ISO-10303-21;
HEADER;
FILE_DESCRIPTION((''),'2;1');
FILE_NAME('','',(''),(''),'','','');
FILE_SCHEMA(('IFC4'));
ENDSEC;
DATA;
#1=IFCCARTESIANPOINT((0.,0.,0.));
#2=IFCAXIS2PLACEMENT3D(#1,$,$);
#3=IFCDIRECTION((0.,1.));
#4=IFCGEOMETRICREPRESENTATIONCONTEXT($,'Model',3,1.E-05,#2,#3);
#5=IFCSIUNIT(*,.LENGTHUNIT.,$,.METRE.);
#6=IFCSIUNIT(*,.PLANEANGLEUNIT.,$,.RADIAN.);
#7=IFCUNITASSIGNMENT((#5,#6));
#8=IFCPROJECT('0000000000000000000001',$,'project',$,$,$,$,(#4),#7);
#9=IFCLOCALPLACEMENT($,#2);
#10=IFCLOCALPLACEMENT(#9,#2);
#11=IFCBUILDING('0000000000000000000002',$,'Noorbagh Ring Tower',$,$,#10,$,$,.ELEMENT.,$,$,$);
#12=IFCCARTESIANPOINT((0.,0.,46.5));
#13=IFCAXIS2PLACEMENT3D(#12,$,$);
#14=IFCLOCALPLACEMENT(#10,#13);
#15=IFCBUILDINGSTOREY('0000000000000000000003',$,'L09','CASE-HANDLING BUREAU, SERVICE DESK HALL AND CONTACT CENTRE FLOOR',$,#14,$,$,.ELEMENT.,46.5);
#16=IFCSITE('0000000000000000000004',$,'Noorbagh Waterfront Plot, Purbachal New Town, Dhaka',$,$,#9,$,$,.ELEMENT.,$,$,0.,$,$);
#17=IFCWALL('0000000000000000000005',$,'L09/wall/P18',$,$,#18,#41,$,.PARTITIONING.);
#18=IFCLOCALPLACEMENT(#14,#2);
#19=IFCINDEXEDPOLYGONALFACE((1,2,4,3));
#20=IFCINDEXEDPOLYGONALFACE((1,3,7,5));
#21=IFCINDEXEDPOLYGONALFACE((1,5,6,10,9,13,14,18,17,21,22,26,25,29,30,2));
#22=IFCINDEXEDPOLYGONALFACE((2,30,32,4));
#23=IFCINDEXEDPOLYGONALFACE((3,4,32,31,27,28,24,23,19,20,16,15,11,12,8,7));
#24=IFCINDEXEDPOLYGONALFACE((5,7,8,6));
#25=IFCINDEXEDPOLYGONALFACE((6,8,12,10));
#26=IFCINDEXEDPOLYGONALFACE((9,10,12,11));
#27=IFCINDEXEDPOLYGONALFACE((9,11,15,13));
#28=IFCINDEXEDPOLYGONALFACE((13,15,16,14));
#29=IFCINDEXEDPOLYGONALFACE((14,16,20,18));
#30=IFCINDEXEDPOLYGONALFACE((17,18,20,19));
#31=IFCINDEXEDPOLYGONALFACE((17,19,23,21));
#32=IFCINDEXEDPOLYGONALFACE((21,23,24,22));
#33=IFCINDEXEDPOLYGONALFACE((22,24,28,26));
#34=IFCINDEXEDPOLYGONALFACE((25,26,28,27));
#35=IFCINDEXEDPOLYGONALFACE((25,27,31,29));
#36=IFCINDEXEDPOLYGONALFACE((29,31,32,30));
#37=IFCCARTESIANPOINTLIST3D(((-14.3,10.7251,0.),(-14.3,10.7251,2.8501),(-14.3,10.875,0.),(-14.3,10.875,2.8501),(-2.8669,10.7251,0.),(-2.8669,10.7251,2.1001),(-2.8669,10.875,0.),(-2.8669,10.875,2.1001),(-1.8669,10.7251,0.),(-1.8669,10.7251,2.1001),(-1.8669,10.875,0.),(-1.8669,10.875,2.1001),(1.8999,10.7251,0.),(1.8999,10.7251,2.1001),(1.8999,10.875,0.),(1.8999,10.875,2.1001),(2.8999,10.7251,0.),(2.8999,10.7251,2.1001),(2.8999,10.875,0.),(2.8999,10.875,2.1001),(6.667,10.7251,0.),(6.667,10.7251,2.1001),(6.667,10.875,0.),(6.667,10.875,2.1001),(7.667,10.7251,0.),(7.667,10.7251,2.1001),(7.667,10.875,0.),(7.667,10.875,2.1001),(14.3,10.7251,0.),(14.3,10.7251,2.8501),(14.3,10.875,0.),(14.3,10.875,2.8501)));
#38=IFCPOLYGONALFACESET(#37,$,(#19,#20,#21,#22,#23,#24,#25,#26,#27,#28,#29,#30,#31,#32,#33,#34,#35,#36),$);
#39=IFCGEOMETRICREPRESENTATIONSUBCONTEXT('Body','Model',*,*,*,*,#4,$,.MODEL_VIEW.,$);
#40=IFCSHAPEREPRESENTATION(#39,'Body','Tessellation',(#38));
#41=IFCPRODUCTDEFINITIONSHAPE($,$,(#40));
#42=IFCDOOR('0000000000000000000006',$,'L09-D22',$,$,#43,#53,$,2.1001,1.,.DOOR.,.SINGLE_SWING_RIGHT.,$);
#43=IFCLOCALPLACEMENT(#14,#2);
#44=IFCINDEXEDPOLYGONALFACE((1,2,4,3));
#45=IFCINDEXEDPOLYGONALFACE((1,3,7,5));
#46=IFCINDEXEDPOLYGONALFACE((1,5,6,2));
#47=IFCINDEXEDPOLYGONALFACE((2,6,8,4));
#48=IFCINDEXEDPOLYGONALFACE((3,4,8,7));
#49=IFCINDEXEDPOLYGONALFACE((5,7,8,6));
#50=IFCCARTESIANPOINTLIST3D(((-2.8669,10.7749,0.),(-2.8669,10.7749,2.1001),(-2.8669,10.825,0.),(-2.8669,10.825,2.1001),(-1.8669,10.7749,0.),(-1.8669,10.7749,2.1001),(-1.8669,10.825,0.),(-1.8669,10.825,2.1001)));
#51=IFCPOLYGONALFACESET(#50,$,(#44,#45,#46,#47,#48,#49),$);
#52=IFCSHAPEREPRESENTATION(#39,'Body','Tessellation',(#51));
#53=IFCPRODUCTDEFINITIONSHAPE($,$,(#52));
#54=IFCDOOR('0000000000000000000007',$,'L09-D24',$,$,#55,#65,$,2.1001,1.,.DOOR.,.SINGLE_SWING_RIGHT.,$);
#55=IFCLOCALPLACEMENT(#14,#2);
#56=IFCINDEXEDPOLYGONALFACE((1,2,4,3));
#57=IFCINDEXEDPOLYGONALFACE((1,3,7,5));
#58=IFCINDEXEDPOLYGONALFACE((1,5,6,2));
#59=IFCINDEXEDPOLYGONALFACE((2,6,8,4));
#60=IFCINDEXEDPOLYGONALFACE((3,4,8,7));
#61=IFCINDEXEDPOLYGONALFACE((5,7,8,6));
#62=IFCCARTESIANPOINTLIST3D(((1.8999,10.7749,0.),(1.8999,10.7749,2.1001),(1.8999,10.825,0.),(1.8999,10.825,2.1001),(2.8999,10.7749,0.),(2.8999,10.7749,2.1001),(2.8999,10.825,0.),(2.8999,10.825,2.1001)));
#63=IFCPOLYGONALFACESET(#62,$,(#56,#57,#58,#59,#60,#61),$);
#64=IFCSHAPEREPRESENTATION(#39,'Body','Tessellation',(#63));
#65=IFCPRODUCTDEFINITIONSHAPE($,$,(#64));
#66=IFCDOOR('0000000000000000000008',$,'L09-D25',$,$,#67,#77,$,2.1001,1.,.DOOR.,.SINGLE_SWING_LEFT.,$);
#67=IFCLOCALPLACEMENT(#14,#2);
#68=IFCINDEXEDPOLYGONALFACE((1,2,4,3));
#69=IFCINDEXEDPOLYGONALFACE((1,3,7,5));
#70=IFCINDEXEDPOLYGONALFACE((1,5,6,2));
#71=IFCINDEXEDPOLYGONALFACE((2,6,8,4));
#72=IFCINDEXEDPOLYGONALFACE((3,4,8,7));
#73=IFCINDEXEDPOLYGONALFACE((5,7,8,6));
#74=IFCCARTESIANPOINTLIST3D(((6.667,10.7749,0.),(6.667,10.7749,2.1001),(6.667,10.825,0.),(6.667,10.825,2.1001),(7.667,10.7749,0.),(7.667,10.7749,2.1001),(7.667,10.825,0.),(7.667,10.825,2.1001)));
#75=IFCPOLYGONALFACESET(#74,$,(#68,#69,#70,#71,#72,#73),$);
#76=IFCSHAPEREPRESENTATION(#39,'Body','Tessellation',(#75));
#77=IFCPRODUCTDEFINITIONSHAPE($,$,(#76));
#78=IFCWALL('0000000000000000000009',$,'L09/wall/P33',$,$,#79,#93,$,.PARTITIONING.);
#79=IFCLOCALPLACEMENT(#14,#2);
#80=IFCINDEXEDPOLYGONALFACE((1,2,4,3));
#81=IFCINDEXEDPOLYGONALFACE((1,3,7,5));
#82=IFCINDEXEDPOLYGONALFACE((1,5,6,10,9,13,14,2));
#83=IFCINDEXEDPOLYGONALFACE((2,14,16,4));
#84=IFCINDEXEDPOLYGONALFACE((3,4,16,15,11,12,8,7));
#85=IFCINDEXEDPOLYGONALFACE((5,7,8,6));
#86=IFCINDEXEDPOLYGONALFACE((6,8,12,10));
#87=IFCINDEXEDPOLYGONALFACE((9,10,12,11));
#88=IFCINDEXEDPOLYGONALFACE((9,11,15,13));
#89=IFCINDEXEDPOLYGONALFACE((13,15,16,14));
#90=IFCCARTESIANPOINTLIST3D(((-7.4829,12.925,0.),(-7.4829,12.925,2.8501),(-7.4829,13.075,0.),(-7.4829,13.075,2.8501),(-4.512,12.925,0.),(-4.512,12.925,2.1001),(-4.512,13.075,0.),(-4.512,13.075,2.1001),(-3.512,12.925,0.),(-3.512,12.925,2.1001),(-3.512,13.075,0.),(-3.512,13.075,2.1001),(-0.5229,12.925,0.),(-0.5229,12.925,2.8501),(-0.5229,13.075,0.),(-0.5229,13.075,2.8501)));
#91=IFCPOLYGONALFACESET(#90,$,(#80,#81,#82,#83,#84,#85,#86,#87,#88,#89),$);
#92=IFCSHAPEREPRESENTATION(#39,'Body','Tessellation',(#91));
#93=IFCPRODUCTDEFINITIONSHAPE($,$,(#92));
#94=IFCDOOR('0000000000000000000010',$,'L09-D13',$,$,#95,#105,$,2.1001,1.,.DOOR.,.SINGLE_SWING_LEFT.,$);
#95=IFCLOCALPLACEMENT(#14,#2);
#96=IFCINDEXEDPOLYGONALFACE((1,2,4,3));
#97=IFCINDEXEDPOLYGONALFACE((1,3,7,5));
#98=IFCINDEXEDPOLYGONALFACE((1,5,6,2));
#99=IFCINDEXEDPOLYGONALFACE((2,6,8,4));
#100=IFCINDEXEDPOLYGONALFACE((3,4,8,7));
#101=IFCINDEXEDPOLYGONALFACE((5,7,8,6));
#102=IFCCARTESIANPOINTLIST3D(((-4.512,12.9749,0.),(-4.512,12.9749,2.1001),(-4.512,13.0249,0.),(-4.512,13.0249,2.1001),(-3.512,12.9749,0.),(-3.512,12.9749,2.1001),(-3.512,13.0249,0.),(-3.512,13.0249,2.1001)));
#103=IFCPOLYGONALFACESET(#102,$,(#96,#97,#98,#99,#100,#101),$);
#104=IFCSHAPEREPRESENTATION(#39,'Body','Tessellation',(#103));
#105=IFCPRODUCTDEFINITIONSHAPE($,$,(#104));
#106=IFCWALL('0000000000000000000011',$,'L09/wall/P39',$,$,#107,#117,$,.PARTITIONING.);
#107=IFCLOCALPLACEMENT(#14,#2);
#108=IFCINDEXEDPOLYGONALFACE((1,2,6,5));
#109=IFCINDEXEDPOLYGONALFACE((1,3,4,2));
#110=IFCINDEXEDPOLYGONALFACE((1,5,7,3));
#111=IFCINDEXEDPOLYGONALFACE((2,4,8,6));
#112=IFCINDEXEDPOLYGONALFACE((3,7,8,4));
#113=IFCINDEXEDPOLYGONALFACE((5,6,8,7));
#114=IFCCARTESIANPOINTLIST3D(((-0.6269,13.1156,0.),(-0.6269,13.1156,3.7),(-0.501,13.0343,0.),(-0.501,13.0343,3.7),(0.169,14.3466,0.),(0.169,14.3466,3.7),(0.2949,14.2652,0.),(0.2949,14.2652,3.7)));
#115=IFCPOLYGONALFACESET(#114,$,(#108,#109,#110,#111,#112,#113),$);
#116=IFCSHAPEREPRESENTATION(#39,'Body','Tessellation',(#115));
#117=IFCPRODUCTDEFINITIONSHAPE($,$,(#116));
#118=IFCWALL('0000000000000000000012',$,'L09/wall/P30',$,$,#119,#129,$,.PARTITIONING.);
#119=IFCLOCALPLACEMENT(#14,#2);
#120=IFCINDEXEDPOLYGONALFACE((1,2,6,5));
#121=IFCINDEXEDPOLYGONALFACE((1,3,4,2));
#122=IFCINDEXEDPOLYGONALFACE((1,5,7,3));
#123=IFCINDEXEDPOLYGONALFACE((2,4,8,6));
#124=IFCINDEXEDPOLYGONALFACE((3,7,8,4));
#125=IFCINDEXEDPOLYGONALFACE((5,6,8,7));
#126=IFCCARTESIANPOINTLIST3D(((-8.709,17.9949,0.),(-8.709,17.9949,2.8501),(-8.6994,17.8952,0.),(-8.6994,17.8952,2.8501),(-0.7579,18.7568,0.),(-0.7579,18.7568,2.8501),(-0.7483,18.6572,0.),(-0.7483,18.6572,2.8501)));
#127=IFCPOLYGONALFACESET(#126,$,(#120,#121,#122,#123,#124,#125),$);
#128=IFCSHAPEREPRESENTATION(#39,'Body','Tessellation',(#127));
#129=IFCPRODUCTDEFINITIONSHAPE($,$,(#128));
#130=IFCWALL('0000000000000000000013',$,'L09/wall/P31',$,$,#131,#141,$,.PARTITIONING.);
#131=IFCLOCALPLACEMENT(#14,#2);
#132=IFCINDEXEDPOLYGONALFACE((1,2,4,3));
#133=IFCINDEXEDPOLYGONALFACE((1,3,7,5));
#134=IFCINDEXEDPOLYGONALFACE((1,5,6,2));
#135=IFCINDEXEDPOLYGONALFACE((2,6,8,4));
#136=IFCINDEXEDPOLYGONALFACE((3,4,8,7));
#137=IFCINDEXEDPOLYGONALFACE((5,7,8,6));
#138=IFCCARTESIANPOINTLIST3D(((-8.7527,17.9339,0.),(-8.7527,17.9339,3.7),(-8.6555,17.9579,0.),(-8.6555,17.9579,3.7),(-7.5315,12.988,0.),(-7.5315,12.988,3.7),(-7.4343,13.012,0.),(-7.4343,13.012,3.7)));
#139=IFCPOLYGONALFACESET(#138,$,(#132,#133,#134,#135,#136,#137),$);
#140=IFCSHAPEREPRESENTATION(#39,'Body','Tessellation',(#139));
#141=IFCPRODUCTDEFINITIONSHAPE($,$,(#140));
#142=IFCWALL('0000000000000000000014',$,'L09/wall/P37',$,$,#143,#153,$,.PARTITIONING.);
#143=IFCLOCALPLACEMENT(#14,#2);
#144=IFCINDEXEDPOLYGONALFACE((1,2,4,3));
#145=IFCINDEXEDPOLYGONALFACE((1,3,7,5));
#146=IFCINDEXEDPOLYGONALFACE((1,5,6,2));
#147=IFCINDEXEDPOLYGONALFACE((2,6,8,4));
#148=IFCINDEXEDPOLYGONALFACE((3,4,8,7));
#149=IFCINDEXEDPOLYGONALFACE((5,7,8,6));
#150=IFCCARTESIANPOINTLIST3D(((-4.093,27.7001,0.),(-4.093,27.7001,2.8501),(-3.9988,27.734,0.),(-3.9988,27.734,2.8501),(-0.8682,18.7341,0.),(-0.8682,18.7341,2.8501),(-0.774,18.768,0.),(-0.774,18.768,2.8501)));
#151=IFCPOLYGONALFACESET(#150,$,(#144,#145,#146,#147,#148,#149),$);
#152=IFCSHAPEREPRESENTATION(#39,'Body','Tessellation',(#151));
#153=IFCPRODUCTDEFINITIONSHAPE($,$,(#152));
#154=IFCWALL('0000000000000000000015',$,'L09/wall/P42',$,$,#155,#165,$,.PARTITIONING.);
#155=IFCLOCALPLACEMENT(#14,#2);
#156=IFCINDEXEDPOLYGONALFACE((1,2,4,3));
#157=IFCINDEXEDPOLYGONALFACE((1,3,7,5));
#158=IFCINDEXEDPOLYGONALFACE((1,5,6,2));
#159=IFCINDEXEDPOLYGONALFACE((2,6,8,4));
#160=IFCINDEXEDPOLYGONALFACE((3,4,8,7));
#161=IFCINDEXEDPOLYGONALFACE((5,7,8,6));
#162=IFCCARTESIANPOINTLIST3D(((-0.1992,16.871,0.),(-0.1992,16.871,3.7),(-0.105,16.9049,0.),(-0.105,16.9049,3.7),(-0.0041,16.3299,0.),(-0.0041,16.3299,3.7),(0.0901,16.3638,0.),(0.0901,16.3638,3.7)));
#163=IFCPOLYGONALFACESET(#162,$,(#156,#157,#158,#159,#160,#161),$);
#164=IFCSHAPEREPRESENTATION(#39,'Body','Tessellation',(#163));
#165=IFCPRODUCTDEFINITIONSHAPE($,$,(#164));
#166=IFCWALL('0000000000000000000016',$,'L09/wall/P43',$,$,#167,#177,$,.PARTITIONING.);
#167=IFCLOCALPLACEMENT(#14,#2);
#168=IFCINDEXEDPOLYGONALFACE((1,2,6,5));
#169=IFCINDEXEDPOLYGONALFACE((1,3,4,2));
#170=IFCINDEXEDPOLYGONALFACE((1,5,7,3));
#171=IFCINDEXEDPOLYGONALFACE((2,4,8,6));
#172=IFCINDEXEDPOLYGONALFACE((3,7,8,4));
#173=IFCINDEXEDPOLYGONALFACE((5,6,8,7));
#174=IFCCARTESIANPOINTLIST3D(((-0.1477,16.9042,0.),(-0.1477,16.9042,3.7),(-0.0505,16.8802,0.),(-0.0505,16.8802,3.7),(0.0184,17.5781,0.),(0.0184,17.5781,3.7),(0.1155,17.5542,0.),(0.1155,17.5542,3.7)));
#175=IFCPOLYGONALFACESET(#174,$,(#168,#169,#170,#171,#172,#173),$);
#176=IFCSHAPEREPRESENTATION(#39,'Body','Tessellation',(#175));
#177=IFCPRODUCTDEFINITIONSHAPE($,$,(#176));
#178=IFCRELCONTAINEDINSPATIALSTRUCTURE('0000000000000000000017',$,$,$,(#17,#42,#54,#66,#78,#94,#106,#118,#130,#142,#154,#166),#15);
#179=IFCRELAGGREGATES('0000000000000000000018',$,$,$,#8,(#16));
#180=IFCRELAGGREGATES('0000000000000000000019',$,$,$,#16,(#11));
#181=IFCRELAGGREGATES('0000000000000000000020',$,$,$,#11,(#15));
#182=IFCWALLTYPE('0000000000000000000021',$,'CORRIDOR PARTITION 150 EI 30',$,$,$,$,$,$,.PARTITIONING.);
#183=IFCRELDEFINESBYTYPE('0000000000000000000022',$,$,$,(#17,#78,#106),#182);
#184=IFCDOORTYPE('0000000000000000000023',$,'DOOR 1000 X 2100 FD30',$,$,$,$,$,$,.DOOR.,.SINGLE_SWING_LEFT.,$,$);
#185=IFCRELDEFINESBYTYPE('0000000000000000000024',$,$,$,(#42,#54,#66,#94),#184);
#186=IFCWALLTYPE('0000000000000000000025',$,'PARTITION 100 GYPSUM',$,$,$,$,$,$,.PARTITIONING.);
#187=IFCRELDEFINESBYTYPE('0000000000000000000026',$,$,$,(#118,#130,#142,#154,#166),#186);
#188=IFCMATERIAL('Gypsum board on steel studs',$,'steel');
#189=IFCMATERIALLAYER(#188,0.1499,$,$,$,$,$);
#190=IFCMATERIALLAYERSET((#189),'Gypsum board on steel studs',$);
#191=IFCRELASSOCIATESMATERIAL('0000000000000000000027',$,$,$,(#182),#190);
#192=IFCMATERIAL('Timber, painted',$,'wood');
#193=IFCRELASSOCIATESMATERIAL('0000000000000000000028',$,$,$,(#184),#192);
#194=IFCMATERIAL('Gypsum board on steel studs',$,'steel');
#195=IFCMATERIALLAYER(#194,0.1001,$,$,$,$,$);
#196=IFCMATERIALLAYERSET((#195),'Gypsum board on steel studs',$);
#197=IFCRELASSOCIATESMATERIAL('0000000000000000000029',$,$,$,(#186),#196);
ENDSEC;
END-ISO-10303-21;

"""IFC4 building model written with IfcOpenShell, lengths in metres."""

from ifc_helpers import new_model, si_unit, direction, frame, frame_2d, origin, place, context, subcontext, project, spatial, rectangle, extrude, material, layer, layer_set, type_object, element, fill, save


model = new_model("IFC4")

# Units and contexts
model_context = context("Model", 3, precision=1e-05, world=origin(), true_north=direction((0.0, 1.0)))
body_context = subcontext(model_context, "Body", "Model", "MODEL_VIEW")
ifc_project = project(units=[si_unit("LENGTHUNIT", "METRE"), si_unit("PLANEANGLEUNIT", "RADIAN")], contexts=[model_context])

# Site, building, storey
site_placement = place(None, origin())
site = spatial("IfcSite", under=ifc_project, at=site_placement, Name="Noorbagh Waterfront Plot, Purbachal New Town, Dhaka", CompositionType="ELEMENT", RefElevation=0.0)
building_placement = place(site_placement, origin())
building = spatial("IfcBuilding", under=site, at=building_placement, Name="Noorbagh Ring Tower", CompositionType="ELEMENT")
storey_placement = place(building_placement, frame((0.0, 0.0, 46.5)))
storey = spatial("IfcBuildingStorey", under=building, at=storey_placement, Name="L09", Description="CASE-HANDLING BUREAU, SERVICE DESK HALL AND CONTACT CENTRE FLOOR", CompositionType="ELEMENT", Elevation=46.5)

# Shared definitions
ifc_material_1 = material(Name="Gypsum board on steel studs", Category="steel")
ifc_layer_1 = layer(ifc_material_1, 0.1499)
ifc_layer_set_1 = layer_set([ifc_layer_1], Name="Gypsum board on steel studs")
wall_type_1 = type_object("IfcWallType", Name="CORRIDOR PARTITION 150 EI 30", PredefinedType="PARTITIONING", material=ifc_layer_set_1)

# Shared definitions
ifc_material_2 = material(Name="Timber, painted", Category="wood")
door_type = type_object("IfcDoorType", Name="DOOR 1000 X 2100 FD30", OperationType="SINGLE_SWING_LEFT", PredefinedType="DOOR", material=ifc_material_2)

# Wall, openings, doors
wall_1_placement = place(storey_placement, frame((-14.3, 10.8, 0.0), z_axis=(0.0, 0.0, 1.0), x_axis=(1.0, 0.0, 0.0)))
wall_1 = element("IfcWall", 1, at=wall_1_placement, inside=storey, type_object=wall_type_1, Name="L09/wall/P18", PredefinedType="PARTITIONING", context=body_context, shape_type="SweptSolid", body=[
    extrude(rectangle(XDim=28.6001, YDim=0.1499, at=frame_2d((14.3, 0.0))), origin(), (0.0, 0.0, 1.0), 2.8501),
])
opening_1_placement = place(wall_1_placement, frame((11.4331, 0.0, 0.0)))
opening_1 = element("IfcOpeningElement", 2, at=opening_1_placement, cuts=wall_1, PredefinedType="OPENING", context=body_context, shape_type="SweptSolid", body=[
    extrude(rectangle(XDim=1.0, YDim=2.1001, at=frame_2d((0.5, 1.05))), frame((0.0, 0.085, 0.0), z_axis=(0.0, -1.0, 0.0), x_axis=(1.0, 0.0, 0.0)), (0.0, 0.0, 1.0), 0.1699),
])
opening_2_placement = place(wall_1_placement, frame((16.2, 0.0, 0.0)))
opening_2 = element("IfcOpeningElement", 3, at=opening_2_placement, cuts=wall_1, PredefinedType="OPENING", context=body_context, shape_type="SweptSolid", body=[
    extrude(rectangle(XDim=1.0, YDim=2.1001, at=frame_2d((0.5, 1.05))), frame((0.0, 0.085, 0.0), z_axis=(0.0, -1.0, 0.0), x_axis=(1.0, 0.0, 0.0)), (0.0, 0.0, 1.0), 0.1699),
])
opening_3_placement = place(wall_1_placement, frame((20.967, 0.0, 0.0)))
opening_3 = element("IfcOpeningElement", 4, at=opening_3_placement, cuts=wall_1, PredefinedType="OPENING", context=body_context, shape_type="SweptSolid", body=[
    extrude(rectangle(XDim=1.0, YDim=2.1001, at=frame_2d((0.5, 1.05))), frame((0.0, 0.085, 0.0), z_axis=(0.0, -1.0, 0.0), x_axis=(1.0, 0.0, 0.0)), (0.0, 0.0, 1.0), 0.1699),
])
door_1_placement = place(opening_1_placement, origin())
door_1 = element("IfcDoor", 5, at=door_1_placement, inside=storey, type_object=door_type, Name="L09-D22", OperationType="SINGLE_SWING_RIGHT", OverallHeight=2.1001, OverallWidth=1.0, PredefinedType="DOOR", context=body_context, shape_type="SweptSolid", body=[
    extrude(rectangle(XDim=1.0, YDim=2.1001, at=frame_2d((0.5, 1.05))), frame((0.0, 0.0249, 0.0), z_axis=(0.0, -1.0, 0.0), x_axis=(1.0, 0.0, 0.0)), (0.0, 0.0, 1.0), 0.05),
])
fill(opening_1, door_1)
door_2_placement = place(opening_2_placement, origin())
door_2 = element("IfcDoor", 6, at=door_2_placement, inside=storey, type_object=door_type, Name="L09-D24", OperationType="SINGLE_SWING_RIGHT", OverallHeight=2.1001, OverallWidth=1.0, PredefinedType="DOOR", context=body_context, shape_type="SweptSolid", body=[
    extrude(rectangle(XDim=1.0, YDim=2.1001, at=frame_2d((0.5, 1.05))), frame((0.0, 0.0249, 0.0), z_axis=(0.0, -1.0, 0.0), x_axis=(1.0, 0.0, 0.0)), (0.0, 0.0, 1.0), 0.05),
])
fill(opening_2, door_2)
door_3_placement = place(opening_3_placement, origin())
door_3 = element("IfcDoor", 7, at=door_3_placement, inside=storey, type_object=door_type, Name="L09-D25", OperationType="SINGLE_SWING_LEFT", OverallHeight=2.1001, OverallWidth=1.0, PredefinedType="DOOR", context=body_context, shape_type="SweptSolid", body=[
    extrude(rectangle(XDim=1.0, YDim=2.1001, at=frame_2d((0.5, 1.05))), frame((0.0, 0.0249, 0.0), z_axis=(0.0, -1.0, 0.0), x_axis=(1.0, 0.0, 0.0)), (0.0, 0.0, 1.0), 0.05),
])
fill(opening_3, door_3)

# Wall, opening, door
wall_2_placement = place(storey_placement, frame((-7.4829, 13.0, 0.0), z_axis=(0.0, 0.0, 1.0), x_axis=(1.0, 0.0, 0.0)))
wall_2 = element("IfcWall", 8, at=wall_2_placement, inside=storey, type_object=wall_type_1, Name="L09/wall/P33", PredefinedType="PARTITIONING", context=body_context, shape_type="SweptSolid", body=[
    extrude(rectangle(XDim=6.96, YDim=0.1499, at=frame_2d((3.48, 0.0))), origin(), (0.0, 0.0, 1.0), 2.8501),
])
opening_4_placement = place(wall_2_placement, frame((2.9709, 0.0, 0.0)))
opening_4 = element("IfcOpeningElement", 9, at=opening_4_placement, cuts=wall_2, PredefinedType="OPENING", context=body_context, shape_type="SweptSolid", body=[
    extrude(rectangle(XDim=1.0, YDim=2.1001, at=frame_2d((0.5, 1.05))), frame((0.0, 0.085, 0.0), z_axis=(0.0, -1.0, 0.0), x_axis=(1.0, 0.0, 0.0)), (0.0, 0.0, 1.0), 0.1699),
])
door_4_placement = place(opening_4_placement, origin())
door_4 = element("IfcDoor", 10, at=door_4_placement, inside=storey, type_object=door_type, Name="L09-D13", OperationType="SINGLE_SWING_LEFT", OverallHeight=2.1001, OverallWidth=1.0, PredefinedType="DOOR", context=body_context, shape_type="SweptSolid", body=[
    extrude(rectangle(XDim=1.0, YDim=2.1001, at=frame_2d((0.5, 1.05))), frame((0.0, 0.0249, 0.0), z_axis=(0.0, -1.0, 0.0), x_axis=(1.0, 0.0, 0.0)), (0.0, 0.0, 1.0), 0.05),
])
fill(opening_4, door_4)

# Walls
wall_3_placement = place(storey_placement, frame((-0.564, 13.075, 0.0), z_axis=(0.0, 0.0, 1.0), x_axis=(0.542961, 0.839758, 0.0)))
element("IfcWall", 11, at=wall_3_placement, inside=storey, type_object=wall_type_1, Name="L09/wall/P39", PredefinedType="PARTITIONING", context=body_context, shape_type="SweptSolid", body=[
    extrude(rectangle(XDim=1.4658, YDim=0.1499, at=frame_2d((0.7329, 0.0))), origin(), (0.0, 0.0, 1.0), 3.7),
])
ifc_material_3 = material(Name="Gypsum board on steel studs", Category="steel")
ifc_layer_2 = layer(ifc_material_3, 0.1001)
ifc_layer_set_2 = layer_set([ifc_layer_2], Name="Gypsum board on steel studs")
wall_type_2 = type_object("IfcWallType", Name="PARTITION 100 GYPSUM", PredefinedType="PARTITIONING", material=ifc_layer_set_2)
wall_4_placement = place(storey_placement, frame((-8.7041, 17.9451, 0.0), z_axis=(0.0, 0.0, 1.0), x_axis=(0.99544, 0.095393, 0.0)))
element("IfcWall", 12, at=wall_4_placement, inside=storey, type_object=wall_type_2, Name="L09/wall/P30", PredefinedType="PARTITIONING", context=body_context, shape_type="SweptSolid", body=[
    extrude(rectangle(XDim=7.9875, YDim=0.1001, at=frame_2d((3.9937, 0.0))), origin(), (0.0, 0.0, 1.0), 2.8501),
])
wall_5_placement = place(storey_placement, frame((-8.7041, 17.946, 0.0), z_axis=(0.0, 0.0, 1.0), x_axis=(0.239704, -0.970846, 0.0)))
element("IfcWall", 13, at=wall_5_placement, inside=storey, type_object=wall_type_2, Name="L09/wall/P31", PredefinedType="PARTITIONING", context=body_context, shape_type="SweptSolid", body=[
    extrude(rectangle(XDim=5.0945, YDim=0.1001, at=frame_2d((2.5474, 0.0))), origin(), (0.0, 0.0, 1.0), 3.7),
])
wall_6_placement = place(storey_placement, frame((-4.0459, 27.717, 0.0), z_axis=(0.0, 0.0, 1.0), x_axis=(0.338447, -0.940985, 0.0)))
element("IfcWall", 14, at=wall_6_placement, inside=storey, type_object=wall_type_2, Name="L09/wall/P37", PredefinedType="PARTITIONING", context=body_context, shape_type="SweptSolid", body=[
    extrude(rectangle(XDim=9.5283, YDim=0.1001, at=frame_2d((4.7642, 0.0))), origin(), (0.0, 0.0, 1.0), 2.8501),
])
wall_7_placement = place(storey_placement, frame((-0.1521, 16.8879, 0.0), z_axis=(0.0, 0.0, 1.0), x_axis=(0.339185, -0.94072, 0.0)))
element("IfcWall", 15, at=wall_7_placement, inside=storey, type_object=wall_type_2, Name="L09/wall/P42", PredefinedType="PARTITIONING", context=body_context, shape_type="SweptSolid", body=[
    extrude(rectangle(XDim=0.5752, YDim=0.1001, at=frame_2d((0.2876, 0.0))), origin(), (0.0, 0.0, 1.0), 3.7),
])
wall_8_placement = place(storey_placement, frame((-0.0991, 16.8921, 0.0), z_axis=(0.0, 0.0, 1.0), x_axis=(0.239223, 0.970965, 0.0)))
element("IfcWall", 16, at=wall_8_placement, inside=storey, type_object=wall_type_2, Name="L09/wall/P43", PredefinedType="PARTITIONING", context=body_context, shape_type="SweptSolid", body=[
    extrude(rectangle(XDim=0.6941, YDim=0.1001, at=frame_2d((0.3472, 0.0))), origin(), (0.0, 0.0, 1.0), 3.7),
])

save(model, "model.ifc")
